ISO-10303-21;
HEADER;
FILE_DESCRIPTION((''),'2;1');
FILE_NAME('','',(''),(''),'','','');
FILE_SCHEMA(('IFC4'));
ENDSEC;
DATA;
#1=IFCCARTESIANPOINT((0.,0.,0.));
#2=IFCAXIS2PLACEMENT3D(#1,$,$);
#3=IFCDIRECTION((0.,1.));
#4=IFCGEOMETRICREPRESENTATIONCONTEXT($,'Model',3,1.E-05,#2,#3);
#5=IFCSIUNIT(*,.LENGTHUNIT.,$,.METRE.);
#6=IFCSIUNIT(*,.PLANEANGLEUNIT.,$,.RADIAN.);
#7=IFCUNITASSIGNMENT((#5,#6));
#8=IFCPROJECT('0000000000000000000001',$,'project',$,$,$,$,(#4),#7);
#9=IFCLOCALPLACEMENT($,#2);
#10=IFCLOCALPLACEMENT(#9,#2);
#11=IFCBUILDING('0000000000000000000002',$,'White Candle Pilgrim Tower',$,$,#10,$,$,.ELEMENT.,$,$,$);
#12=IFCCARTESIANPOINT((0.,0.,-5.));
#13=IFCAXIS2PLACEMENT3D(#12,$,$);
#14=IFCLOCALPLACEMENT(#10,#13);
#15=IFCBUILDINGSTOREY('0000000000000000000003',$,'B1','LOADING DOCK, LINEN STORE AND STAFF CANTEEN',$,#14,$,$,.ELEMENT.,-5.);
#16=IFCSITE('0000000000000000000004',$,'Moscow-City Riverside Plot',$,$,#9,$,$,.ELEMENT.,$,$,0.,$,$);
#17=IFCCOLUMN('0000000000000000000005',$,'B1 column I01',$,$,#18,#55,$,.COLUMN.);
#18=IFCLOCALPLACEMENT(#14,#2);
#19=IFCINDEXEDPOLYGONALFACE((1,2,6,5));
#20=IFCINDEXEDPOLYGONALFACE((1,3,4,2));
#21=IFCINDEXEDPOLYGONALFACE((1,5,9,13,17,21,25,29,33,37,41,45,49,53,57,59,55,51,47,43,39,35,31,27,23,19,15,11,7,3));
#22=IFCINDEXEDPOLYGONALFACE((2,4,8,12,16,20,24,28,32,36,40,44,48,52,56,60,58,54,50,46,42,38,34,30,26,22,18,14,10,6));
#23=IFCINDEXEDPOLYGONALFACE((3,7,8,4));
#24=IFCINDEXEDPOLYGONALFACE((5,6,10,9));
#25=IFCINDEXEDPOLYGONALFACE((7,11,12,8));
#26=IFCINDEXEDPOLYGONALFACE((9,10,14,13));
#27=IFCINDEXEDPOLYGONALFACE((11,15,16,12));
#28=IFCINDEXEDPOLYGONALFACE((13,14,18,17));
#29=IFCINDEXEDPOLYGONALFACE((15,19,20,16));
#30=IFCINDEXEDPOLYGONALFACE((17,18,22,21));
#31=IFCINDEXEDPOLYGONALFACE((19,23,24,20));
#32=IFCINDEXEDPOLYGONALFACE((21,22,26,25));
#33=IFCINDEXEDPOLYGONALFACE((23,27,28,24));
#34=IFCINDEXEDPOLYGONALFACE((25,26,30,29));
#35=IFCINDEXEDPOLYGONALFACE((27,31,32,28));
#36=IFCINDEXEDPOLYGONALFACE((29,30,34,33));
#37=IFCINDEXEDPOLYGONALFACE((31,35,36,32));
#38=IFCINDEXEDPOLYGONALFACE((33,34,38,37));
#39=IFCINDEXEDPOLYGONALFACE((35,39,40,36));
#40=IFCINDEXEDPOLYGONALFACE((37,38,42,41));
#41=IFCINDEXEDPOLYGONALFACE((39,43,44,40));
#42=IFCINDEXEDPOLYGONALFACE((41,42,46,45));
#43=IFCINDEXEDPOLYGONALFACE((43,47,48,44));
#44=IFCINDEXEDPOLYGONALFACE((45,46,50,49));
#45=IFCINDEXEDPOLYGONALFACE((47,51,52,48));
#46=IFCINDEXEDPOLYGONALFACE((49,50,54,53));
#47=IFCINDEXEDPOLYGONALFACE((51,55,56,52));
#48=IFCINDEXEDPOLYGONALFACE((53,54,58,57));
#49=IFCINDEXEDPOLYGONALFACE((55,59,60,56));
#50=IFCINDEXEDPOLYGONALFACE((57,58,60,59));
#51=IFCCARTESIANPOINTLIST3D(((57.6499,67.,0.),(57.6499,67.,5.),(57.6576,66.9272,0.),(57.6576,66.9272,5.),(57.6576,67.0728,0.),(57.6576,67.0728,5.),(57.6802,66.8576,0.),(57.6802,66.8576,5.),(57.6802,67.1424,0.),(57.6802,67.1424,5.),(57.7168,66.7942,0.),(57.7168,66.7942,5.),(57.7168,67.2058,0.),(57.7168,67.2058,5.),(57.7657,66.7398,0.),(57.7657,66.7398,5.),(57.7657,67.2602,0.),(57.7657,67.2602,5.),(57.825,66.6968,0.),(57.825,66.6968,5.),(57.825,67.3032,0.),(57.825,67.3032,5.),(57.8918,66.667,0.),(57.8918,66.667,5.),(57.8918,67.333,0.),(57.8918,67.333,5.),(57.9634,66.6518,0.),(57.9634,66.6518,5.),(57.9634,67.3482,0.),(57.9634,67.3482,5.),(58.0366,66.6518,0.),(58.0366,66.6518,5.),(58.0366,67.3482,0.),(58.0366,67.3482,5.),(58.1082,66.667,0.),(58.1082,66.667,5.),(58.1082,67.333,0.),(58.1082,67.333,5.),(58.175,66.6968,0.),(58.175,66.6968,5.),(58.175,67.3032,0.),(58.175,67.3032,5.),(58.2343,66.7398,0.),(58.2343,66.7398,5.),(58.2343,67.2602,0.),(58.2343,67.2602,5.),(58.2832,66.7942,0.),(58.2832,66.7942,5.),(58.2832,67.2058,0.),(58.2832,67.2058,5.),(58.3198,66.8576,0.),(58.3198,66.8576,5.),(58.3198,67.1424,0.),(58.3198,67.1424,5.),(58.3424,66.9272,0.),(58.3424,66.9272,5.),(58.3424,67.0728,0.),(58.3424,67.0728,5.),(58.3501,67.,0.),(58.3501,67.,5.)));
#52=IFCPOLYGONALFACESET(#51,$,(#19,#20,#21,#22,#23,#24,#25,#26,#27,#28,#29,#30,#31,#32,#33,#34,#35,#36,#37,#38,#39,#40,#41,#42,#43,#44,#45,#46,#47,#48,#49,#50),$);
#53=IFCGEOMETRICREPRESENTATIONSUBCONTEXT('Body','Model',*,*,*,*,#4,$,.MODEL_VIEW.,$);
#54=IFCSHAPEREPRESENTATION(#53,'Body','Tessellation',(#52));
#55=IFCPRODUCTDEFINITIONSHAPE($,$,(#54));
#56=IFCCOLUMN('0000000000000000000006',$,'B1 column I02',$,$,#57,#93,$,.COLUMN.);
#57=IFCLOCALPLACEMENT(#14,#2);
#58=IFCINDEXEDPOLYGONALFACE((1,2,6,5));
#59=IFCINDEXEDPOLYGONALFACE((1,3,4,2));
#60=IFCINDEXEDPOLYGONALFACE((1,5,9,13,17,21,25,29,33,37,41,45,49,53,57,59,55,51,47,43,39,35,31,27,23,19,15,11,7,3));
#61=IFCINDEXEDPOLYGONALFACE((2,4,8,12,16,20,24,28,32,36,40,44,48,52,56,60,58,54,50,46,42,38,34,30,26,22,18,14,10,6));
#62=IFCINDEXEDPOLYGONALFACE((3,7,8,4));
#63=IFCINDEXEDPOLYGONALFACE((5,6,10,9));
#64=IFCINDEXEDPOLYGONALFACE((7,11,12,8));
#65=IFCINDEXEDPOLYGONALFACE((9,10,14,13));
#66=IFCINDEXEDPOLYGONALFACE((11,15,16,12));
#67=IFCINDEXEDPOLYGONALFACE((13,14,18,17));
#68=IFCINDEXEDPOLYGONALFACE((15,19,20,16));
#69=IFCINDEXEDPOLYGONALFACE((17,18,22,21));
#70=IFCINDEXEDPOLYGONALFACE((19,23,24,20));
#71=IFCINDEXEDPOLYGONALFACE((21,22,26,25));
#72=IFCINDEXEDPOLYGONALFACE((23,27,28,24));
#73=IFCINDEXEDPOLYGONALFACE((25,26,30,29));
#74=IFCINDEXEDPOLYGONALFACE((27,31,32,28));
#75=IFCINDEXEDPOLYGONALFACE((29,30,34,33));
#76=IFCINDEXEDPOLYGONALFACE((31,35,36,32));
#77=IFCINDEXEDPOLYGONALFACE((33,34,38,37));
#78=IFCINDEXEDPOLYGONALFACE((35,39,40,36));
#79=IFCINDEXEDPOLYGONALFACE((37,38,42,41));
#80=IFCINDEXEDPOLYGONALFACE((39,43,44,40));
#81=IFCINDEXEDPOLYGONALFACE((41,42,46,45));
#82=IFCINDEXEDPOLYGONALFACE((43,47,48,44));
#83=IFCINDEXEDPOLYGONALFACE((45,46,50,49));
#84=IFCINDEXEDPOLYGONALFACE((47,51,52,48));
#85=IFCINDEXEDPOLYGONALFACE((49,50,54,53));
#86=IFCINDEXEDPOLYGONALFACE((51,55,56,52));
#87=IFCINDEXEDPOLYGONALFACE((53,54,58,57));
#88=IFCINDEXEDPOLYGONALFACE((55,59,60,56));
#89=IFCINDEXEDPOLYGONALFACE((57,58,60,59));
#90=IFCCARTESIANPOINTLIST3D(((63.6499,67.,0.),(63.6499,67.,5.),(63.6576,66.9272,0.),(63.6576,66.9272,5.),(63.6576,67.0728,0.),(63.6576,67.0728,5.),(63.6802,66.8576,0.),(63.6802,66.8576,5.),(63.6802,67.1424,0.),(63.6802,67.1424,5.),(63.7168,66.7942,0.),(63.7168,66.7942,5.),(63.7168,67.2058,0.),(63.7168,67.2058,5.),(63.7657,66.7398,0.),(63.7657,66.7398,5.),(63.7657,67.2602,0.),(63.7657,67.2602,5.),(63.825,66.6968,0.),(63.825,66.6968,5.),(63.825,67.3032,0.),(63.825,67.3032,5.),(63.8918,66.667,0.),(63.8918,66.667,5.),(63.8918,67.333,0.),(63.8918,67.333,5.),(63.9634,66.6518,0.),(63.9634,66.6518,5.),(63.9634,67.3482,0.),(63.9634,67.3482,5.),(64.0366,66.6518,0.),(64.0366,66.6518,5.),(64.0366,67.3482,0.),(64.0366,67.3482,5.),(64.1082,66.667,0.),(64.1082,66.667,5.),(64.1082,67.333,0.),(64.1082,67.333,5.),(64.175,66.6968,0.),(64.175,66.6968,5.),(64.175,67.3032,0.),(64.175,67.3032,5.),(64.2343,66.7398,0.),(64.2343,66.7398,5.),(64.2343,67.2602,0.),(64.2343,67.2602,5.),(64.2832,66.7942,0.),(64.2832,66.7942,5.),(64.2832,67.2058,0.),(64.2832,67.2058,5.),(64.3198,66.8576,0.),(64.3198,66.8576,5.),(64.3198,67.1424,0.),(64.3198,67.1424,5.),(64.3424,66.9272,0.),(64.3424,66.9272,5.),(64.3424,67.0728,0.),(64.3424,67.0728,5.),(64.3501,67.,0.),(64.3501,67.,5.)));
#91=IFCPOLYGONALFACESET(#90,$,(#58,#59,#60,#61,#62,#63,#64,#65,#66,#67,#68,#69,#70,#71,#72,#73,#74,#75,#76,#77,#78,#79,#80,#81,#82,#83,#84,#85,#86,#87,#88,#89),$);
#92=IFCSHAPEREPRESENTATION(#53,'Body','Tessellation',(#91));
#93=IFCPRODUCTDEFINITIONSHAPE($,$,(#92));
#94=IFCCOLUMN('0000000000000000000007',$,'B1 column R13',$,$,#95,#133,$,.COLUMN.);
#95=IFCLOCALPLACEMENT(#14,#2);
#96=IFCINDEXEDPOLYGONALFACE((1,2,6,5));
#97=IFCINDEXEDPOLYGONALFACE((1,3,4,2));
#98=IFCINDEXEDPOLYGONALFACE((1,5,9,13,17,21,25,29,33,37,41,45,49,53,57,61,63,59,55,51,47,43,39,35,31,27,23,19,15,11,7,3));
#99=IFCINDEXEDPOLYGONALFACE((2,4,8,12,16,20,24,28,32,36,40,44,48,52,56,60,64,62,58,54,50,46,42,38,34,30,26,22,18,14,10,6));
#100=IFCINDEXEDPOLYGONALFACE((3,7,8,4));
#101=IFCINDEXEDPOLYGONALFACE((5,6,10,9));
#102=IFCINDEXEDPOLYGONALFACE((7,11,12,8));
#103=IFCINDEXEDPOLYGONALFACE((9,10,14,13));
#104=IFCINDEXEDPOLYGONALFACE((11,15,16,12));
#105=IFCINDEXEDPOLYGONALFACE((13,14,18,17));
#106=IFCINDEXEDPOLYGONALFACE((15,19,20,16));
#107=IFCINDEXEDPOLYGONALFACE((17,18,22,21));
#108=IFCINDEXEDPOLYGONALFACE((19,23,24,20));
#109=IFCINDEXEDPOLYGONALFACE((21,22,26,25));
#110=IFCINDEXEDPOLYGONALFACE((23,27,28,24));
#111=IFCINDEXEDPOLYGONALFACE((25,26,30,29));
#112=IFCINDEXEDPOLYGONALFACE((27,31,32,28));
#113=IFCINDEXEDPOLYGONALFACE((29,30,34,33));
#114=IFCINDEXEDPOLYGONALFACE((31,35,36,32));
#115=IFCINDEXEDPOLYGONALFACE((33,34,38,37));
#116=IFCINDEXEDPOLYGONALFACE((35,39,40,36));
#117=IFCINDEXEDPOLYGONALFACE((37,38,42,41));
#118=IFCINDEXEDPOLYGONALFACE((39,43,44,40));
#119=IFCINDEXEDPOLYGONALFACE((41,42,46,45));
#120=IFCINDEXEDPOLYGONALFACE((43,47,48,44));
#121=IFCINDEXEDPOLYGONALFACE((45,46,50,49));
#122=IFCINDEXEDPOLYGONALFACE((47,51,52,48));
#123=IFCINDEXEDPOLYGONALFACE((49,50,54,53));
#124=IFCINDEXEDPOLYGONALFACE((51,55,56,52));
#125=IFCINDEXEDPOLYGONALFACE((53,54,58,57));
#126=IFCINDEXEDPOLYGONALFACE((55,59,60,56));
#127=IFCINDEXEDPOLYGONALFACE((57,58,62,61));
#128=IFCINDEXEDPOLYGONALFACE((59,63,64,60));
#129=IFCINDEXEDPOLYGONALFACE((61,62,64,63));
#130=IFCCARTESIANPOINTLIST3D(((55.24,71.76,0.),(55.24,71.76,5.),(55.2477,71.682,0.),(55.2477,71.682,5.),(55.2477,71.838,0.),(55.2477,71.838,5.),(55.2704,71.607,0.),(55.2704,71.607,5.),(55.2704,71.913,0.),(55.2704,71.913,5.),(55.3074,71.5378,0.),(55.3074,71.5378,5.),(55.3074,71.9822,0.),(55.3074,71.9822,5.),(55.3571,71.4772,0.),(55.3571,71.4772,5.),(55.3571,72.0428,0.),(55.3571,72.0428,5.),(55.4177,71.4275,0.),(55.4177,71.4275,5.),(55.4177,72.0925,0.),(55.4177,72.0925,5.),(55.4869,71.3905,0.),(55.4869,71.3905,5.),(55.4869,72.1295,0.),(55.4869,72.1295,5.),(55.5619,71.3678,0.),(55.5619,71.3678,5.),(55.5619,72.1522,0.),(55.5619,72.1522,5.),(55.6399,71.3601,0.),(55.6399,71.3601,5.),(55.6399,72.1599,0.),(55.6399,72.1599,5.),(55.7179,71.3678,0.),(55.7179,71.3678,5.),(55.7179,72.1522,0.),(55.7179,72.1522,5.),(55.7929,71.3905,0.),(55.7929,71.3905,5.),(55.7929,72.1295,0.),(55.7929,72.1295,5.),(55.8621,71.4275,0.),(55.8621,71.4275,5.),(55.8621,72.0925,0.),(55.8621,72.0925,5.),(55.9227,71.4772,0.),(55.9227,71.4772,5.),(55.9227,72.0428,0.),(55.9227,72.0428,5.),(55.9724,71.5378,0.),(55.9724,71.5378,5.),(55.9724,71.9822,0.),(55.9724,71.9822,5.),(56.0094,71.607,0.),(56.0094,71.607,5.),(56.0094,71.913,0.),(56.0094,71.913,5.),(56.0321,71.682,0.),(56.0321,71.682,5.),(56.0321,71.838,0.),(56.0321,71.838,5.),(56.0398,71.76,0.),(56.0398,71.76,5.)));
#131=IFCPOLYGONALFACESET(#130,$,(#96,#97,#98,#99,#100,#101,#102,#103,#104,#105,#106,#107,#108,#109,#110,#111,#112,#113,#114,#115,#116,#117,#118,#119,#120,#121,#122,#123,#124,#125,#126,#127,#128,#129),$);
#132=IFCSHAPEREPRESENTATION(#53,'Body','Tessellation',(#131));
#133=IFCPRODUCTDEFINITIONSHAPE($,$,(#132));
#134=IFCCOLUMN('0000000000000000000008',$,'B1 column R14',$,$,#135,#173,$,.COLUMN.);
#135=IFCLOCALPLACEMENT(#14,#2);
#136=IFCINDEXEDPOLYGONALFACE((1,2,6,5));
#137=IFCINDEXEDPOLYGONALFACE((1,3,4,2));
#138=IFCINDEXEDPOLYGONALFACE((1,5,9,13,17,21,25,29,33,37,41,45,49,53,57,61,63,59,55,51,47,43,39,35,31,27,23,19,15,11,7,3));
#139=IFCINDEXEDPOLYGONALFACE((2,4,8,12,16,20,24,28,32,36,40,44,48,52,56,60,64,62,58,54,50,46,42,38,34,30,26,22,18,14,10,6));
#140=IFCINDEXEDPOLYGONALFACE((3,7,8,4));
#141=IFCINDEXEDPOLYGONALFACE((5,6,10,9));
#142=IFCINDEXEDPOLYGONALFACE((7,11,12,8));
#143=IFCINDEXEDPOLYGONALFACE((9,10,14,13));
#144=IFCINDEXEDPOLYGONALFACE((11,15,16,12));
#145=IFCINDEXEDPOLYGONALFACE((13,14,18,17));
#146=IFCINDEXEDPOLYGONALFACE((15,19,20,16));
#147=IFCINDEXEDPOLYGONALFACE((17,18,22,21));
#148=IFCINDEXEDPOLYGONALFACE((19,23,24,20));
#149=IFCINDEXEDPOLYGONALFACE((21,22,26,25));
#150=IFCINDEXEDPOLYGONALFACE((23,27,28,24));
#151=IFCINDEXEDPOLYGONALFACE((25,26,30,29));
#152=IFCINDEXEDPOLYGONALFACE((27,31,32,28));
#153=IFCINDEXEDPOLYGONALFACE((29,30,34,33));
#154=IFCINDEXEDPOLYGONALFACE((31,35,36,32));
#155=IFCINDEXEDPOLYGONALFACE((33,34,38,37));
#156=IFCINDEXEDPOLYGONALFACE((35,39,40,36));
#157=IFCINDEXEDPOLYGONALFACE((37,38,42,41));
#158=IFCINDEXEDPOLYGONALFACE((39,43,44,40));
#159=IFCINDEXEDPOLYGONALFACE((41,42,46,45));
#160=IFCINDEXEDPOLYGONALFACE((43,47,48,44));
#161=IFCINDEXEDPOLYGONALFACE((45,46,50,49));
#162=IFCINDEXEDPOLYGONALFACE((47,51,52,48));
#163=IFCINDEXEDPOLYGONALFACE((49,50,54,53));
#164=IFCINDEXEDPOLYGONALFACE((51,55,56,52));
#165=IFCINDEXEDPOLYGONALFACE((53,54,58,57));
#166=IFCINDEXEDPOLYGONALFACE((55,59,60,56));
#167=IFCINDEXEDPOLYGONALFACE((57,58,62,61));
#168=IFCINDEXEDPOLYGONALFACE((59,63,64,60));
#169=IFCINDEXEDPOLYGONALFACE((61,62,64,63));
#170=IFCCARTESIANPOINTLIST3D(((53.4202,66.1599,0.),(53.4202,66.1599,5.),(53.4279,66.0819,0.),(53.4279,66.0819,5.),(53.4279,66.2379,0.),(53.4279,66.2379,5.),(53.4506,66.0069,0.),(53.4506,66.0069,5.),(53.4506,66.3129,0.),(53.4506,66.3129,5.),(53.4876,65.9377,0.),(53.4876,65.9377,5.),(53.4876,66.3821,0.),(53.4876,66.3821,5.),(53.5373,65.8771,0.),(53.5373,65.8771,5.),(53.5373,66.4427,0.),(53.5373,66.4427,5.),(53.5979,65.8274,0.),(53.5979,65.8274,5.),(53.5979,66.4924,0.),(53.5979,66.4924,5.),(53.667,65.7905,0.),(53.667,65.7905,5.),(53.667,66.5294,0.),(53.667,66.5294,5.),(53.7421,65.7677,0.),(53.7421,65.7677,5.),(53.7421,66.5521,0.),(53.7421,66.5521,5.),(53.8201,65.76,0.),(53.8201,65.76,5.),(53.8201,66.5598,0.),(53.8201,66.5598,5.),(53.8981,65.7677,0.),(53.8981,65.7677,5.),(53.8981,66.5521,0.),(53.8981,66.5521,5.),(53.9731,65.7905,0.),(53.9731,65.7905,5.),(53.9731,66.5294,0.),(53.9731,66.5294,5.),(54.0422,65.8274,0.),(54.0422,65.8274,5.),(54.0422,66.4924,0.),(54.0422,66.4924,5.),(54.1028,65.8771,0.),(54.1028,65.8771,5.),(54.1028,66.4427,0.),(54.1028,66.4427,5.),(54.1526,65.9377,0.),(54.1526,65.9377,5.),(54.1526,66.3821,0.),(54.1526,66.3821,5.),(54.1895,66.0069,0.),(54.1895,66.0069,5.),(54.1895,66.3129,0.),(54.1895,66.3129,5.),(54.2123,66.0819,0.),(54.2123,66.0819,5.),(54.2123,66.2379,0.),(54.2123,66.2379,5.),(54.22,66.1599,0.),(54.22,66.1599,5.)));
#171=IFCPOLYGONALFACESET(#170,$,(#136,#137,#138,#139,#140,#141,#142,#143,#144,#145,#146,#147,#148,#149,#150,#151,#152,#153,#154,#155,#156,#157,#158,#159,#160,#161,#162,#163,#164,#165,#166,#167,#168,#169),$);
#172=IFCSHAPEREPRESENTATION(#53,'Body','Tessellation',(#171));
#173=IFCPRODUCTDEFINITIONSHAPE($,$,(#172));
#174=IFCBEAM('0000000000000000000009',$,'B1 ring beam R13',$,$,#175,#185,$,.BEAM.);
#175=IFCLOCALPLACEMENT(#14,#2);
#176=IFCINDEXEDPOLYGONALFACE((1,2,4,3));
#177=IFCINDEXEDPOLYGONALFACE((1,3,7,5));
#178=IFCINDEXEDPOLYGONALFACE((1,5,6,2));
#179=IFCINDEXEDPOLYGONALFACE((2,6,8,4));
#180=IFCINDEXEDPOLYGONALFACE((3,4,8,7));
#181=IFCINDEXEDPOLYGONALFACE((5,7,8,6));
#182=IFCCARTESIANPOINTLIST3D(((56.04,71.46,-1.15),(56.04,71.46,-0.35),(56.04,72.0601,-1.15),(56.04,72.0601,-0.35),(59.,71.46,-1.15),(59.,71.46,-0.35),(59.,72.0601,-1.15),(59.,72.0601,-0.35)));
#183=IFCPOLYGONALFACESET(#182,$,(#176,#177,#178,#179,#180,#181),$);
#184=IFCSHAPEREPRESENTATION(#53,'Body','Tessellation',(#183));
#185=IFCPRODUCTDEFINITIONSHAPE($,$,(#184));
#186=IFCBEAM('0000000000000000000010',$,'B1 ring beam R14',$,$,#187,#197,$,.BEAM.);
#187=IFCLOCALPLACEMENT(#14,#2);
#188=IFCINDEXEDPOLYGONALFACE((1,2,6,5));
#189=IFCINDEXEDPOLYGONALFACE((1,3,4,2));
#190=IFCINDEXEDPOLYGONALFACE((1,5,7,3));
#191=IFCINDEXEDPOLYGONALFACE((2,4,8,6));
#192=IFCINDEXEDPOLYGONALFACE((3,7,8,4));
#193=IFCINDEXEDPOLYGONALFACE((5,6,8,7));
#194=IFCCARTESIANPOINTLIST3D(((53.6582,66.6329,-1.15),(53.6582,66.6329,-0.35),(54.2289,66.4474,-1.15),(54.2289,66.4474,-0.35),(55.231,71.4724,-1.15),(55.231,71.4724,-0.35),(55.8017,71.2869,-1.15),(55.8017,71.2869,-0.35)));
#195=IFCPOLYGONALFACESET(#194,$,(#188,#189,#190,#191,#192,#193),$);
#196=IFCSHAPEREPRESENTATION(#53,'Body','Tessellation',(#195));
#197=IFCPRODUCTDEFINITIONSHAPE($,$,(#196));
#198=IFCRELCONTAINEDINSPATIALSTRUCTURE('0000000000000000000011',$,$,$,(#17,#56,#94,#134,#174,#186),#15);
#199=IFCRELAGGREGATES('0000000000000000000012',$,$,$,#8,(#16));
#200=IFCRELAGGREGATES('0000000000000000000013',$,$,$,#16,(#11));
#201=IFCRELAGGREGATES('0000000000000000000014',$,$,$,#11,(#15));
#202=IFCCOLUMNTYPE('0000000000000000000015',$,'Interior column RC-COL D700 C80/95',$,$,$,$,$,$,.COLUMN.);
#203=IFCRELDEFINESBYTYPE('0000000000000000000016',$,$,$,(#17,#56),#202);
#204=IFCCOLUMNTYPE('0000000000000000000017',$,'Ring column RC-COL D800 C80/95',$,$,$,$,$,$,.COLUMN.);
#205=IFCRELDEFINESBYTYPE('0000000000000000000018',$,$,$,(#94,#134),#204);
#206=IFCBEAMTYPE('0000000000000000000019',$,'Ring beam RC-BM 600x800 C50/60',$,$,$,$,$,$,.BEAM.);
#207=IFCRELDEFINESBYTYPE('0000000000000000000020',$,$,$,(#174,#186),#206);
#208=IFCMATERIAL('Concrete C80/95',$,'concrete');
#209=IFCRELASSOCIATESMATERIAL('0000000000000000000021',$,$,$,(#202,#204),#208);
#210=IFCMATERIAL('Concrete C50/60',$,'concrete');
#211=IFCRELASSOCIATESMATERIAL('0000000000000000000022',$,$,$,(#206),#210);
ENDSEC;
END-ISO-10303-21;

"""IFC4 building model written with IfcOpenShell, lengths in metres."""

from ifc_helpers import new_model, si_unit, direction, frame, origin, origin_2d, place, context, subcontext, project, spatial, rectangle, circle, extrude, material, material_profile, profile_set, type_object, element, save


model = new_model("IFC4")

# Units and contexts
model_context = context("Model", 3, precision=1e-05, world=origin(), true_north=direction((0.0, 1.0)))
body_context = subcontext(model_context, "Body", "Model", "MODEL_VIEW")
ifc_project = project(units=[si_unit("LENGTHUNIT", "METRE"), si_unit("PLANEANGLEUNIT", "RADIAN")], contexts=[model_context])

# Site, building, storey
site_placement = place(None, origin())
site = spatial("IfcSite", under=ifc_project, at=site_placement, Name="Moscow-City Riverside Plot", CompositionType="ELEMENT", RefElevation=0.0)
building_placement = place(site_placement, origin())
building = spatial("IfcBuilding", under=site, at=building_placement, Name="White Candle Pilgrim Tower", CompositionType="ELEMENT")
storey_placement = place(building_placement, frame((0.0, 0.0, -5.0)))
storey = spatial("IfcBuildingStorey", under=building, at=storey_placement, Name="B1", Description="LOADING DOCK, LINEN STORE AND STAFF CANTEEN", CompositionType="ELEMENT", Elevation=-5.0)

# Columns
ifc_material_1 = material(Name="Concrete C80/95", Category="concrete")
ifc_material_profile_1 = material_profile(ifc_material_1, circle(Radius=0.3501, at=origin_2d()), Name="RC-COL D700")
ifc_profile_set_1 = profile_set([ifc_material_profile_1], Name="Concrete C80/95")
column_type_1 = type_object("IfcColumnType", Name="Interior column RC-COL D700 C80/95", PredefinedType="COLUMN", material=ifc_profile_set_1)
for number, where, z_axis, x_axis, name in (
    (1, (58.0, 67.0, 0.0), (0.0, 0.0, 1.0), (1.0, 0.0, 0.0), "B1 column I01"),
    (2, (64.0, 67.0, 0.0), (0.0, 0.0, 1.0), (1.0, 0.0, 0.0), "B1 column I02"),
):
    element("IfcColumn", number, at=place(storey_placement, frame(where, z_axis=z_axis, x_axis=x_axis)), inside=storey, type_object=column_type_1, Name=name, PredefinedType="COLUMN", context=body_context, shape_type="SweptSolid", body=[
        extrude(circle(Radius=0.3501, at=origin_2d()), origin(), (0.0, 0.0, 1.0), 5.0),
    ])
ifc_material_profile_2 = material_profile(ifc_material_1, circle(Radius=0.3999, at=origin_2d()), Name="RC-COL D800")
ifc_profile_set_2 = profile_set([ifc_material_profile_2], Name="Concrete C80/95")
column_type_2 = type_object("IfcColumnType", Name="Ring column RC-COL D800 C80/95", PredefinedType="COLUMN", material=ifc_profile_set_2)
for number, where, z_axis, x_axis, name in (
    (3, (55.6399, 71.76, 0.0), (0.0, 0.0, 1.0), (1.0, 0.0, 0.0), "B1 column R13"),
    (4, (53.8201, 66.1599, 0.0), (0.0, 0.0, 1.0), (1.0, 0.0, 0.0), "B1 column R14"),
):
    element("IfcColumn", number, at=place(storey_placement, frame(where, z_axis=z_axis, x_axis=x_axis)), inside=storey, type_object=column_type_2, Name=name, PredefinedType="COLUMN", context=body_context, shape_type="SweptSolid", body=[
        extrude(circle(Radius=0.3999, at=origin_2d()), origin(), (0.0, 0.0, 1.0), 5.0),
    ])

# Beams
ifc_material_2 = material(Name="Concrete C50/60", Category="concrete")
ifc_material_profile_3 = material_profile(ifc_material_2, rectangle(XDim=0.6001, YDim=0.8, at=origin_2d()), Name="RC-BM 600x800")
ifc_profile_set_3 = profile_set([ifc_material_profile_3], Name="Concrete C50/60")
beam_type = type_object("IfcBeamType", Name="Ring beam RC-BM 600x800 C50/60", PredefinedType="BEAM", material=ifc_profile_set_3)
beam_1_placement = place(storey_placement, frame((56.04, 71.76, -0.75), z_axis=(1.0, 0.0, 0.0), x_axis=(0.0, 1.0, 0.0)))
element("IfcBeam", 5, at=beam_1_placement, inside=storey, type_object=beam_type, Name="B1 ring beam R13", PredefinedType="BEAM", context=body_context, shape_type="SweptSolid", body=[
    extrude(rectangle(XDim=0.6001, YDim=0.8, at=origin_2d()), origin(), (0.0, 0.0, 1.0), 2.96),
])
beam_2_placement = place(storey_placement, frame((55.5164, 71.3796, -0.75), z_axis=(-0.30908, -0.951036, 0.0), x_axis=(0.951036, -0.30908, 0.0)))
element("IfcBeam", 6, at=beam_2_placement, inside=storey, type_object=beam_type, Name="B1 ring beam R14", PredefinedType="BEAM", context=body_context, shape_type="SweptSolid", body=[
    extrude(rectangle(XDim=0.6001, YDim=0.8, at=origin_2d()), origin(), (0.0, 0.0, 1.0), 5.0886),
])

save(model, "model.ifc")
